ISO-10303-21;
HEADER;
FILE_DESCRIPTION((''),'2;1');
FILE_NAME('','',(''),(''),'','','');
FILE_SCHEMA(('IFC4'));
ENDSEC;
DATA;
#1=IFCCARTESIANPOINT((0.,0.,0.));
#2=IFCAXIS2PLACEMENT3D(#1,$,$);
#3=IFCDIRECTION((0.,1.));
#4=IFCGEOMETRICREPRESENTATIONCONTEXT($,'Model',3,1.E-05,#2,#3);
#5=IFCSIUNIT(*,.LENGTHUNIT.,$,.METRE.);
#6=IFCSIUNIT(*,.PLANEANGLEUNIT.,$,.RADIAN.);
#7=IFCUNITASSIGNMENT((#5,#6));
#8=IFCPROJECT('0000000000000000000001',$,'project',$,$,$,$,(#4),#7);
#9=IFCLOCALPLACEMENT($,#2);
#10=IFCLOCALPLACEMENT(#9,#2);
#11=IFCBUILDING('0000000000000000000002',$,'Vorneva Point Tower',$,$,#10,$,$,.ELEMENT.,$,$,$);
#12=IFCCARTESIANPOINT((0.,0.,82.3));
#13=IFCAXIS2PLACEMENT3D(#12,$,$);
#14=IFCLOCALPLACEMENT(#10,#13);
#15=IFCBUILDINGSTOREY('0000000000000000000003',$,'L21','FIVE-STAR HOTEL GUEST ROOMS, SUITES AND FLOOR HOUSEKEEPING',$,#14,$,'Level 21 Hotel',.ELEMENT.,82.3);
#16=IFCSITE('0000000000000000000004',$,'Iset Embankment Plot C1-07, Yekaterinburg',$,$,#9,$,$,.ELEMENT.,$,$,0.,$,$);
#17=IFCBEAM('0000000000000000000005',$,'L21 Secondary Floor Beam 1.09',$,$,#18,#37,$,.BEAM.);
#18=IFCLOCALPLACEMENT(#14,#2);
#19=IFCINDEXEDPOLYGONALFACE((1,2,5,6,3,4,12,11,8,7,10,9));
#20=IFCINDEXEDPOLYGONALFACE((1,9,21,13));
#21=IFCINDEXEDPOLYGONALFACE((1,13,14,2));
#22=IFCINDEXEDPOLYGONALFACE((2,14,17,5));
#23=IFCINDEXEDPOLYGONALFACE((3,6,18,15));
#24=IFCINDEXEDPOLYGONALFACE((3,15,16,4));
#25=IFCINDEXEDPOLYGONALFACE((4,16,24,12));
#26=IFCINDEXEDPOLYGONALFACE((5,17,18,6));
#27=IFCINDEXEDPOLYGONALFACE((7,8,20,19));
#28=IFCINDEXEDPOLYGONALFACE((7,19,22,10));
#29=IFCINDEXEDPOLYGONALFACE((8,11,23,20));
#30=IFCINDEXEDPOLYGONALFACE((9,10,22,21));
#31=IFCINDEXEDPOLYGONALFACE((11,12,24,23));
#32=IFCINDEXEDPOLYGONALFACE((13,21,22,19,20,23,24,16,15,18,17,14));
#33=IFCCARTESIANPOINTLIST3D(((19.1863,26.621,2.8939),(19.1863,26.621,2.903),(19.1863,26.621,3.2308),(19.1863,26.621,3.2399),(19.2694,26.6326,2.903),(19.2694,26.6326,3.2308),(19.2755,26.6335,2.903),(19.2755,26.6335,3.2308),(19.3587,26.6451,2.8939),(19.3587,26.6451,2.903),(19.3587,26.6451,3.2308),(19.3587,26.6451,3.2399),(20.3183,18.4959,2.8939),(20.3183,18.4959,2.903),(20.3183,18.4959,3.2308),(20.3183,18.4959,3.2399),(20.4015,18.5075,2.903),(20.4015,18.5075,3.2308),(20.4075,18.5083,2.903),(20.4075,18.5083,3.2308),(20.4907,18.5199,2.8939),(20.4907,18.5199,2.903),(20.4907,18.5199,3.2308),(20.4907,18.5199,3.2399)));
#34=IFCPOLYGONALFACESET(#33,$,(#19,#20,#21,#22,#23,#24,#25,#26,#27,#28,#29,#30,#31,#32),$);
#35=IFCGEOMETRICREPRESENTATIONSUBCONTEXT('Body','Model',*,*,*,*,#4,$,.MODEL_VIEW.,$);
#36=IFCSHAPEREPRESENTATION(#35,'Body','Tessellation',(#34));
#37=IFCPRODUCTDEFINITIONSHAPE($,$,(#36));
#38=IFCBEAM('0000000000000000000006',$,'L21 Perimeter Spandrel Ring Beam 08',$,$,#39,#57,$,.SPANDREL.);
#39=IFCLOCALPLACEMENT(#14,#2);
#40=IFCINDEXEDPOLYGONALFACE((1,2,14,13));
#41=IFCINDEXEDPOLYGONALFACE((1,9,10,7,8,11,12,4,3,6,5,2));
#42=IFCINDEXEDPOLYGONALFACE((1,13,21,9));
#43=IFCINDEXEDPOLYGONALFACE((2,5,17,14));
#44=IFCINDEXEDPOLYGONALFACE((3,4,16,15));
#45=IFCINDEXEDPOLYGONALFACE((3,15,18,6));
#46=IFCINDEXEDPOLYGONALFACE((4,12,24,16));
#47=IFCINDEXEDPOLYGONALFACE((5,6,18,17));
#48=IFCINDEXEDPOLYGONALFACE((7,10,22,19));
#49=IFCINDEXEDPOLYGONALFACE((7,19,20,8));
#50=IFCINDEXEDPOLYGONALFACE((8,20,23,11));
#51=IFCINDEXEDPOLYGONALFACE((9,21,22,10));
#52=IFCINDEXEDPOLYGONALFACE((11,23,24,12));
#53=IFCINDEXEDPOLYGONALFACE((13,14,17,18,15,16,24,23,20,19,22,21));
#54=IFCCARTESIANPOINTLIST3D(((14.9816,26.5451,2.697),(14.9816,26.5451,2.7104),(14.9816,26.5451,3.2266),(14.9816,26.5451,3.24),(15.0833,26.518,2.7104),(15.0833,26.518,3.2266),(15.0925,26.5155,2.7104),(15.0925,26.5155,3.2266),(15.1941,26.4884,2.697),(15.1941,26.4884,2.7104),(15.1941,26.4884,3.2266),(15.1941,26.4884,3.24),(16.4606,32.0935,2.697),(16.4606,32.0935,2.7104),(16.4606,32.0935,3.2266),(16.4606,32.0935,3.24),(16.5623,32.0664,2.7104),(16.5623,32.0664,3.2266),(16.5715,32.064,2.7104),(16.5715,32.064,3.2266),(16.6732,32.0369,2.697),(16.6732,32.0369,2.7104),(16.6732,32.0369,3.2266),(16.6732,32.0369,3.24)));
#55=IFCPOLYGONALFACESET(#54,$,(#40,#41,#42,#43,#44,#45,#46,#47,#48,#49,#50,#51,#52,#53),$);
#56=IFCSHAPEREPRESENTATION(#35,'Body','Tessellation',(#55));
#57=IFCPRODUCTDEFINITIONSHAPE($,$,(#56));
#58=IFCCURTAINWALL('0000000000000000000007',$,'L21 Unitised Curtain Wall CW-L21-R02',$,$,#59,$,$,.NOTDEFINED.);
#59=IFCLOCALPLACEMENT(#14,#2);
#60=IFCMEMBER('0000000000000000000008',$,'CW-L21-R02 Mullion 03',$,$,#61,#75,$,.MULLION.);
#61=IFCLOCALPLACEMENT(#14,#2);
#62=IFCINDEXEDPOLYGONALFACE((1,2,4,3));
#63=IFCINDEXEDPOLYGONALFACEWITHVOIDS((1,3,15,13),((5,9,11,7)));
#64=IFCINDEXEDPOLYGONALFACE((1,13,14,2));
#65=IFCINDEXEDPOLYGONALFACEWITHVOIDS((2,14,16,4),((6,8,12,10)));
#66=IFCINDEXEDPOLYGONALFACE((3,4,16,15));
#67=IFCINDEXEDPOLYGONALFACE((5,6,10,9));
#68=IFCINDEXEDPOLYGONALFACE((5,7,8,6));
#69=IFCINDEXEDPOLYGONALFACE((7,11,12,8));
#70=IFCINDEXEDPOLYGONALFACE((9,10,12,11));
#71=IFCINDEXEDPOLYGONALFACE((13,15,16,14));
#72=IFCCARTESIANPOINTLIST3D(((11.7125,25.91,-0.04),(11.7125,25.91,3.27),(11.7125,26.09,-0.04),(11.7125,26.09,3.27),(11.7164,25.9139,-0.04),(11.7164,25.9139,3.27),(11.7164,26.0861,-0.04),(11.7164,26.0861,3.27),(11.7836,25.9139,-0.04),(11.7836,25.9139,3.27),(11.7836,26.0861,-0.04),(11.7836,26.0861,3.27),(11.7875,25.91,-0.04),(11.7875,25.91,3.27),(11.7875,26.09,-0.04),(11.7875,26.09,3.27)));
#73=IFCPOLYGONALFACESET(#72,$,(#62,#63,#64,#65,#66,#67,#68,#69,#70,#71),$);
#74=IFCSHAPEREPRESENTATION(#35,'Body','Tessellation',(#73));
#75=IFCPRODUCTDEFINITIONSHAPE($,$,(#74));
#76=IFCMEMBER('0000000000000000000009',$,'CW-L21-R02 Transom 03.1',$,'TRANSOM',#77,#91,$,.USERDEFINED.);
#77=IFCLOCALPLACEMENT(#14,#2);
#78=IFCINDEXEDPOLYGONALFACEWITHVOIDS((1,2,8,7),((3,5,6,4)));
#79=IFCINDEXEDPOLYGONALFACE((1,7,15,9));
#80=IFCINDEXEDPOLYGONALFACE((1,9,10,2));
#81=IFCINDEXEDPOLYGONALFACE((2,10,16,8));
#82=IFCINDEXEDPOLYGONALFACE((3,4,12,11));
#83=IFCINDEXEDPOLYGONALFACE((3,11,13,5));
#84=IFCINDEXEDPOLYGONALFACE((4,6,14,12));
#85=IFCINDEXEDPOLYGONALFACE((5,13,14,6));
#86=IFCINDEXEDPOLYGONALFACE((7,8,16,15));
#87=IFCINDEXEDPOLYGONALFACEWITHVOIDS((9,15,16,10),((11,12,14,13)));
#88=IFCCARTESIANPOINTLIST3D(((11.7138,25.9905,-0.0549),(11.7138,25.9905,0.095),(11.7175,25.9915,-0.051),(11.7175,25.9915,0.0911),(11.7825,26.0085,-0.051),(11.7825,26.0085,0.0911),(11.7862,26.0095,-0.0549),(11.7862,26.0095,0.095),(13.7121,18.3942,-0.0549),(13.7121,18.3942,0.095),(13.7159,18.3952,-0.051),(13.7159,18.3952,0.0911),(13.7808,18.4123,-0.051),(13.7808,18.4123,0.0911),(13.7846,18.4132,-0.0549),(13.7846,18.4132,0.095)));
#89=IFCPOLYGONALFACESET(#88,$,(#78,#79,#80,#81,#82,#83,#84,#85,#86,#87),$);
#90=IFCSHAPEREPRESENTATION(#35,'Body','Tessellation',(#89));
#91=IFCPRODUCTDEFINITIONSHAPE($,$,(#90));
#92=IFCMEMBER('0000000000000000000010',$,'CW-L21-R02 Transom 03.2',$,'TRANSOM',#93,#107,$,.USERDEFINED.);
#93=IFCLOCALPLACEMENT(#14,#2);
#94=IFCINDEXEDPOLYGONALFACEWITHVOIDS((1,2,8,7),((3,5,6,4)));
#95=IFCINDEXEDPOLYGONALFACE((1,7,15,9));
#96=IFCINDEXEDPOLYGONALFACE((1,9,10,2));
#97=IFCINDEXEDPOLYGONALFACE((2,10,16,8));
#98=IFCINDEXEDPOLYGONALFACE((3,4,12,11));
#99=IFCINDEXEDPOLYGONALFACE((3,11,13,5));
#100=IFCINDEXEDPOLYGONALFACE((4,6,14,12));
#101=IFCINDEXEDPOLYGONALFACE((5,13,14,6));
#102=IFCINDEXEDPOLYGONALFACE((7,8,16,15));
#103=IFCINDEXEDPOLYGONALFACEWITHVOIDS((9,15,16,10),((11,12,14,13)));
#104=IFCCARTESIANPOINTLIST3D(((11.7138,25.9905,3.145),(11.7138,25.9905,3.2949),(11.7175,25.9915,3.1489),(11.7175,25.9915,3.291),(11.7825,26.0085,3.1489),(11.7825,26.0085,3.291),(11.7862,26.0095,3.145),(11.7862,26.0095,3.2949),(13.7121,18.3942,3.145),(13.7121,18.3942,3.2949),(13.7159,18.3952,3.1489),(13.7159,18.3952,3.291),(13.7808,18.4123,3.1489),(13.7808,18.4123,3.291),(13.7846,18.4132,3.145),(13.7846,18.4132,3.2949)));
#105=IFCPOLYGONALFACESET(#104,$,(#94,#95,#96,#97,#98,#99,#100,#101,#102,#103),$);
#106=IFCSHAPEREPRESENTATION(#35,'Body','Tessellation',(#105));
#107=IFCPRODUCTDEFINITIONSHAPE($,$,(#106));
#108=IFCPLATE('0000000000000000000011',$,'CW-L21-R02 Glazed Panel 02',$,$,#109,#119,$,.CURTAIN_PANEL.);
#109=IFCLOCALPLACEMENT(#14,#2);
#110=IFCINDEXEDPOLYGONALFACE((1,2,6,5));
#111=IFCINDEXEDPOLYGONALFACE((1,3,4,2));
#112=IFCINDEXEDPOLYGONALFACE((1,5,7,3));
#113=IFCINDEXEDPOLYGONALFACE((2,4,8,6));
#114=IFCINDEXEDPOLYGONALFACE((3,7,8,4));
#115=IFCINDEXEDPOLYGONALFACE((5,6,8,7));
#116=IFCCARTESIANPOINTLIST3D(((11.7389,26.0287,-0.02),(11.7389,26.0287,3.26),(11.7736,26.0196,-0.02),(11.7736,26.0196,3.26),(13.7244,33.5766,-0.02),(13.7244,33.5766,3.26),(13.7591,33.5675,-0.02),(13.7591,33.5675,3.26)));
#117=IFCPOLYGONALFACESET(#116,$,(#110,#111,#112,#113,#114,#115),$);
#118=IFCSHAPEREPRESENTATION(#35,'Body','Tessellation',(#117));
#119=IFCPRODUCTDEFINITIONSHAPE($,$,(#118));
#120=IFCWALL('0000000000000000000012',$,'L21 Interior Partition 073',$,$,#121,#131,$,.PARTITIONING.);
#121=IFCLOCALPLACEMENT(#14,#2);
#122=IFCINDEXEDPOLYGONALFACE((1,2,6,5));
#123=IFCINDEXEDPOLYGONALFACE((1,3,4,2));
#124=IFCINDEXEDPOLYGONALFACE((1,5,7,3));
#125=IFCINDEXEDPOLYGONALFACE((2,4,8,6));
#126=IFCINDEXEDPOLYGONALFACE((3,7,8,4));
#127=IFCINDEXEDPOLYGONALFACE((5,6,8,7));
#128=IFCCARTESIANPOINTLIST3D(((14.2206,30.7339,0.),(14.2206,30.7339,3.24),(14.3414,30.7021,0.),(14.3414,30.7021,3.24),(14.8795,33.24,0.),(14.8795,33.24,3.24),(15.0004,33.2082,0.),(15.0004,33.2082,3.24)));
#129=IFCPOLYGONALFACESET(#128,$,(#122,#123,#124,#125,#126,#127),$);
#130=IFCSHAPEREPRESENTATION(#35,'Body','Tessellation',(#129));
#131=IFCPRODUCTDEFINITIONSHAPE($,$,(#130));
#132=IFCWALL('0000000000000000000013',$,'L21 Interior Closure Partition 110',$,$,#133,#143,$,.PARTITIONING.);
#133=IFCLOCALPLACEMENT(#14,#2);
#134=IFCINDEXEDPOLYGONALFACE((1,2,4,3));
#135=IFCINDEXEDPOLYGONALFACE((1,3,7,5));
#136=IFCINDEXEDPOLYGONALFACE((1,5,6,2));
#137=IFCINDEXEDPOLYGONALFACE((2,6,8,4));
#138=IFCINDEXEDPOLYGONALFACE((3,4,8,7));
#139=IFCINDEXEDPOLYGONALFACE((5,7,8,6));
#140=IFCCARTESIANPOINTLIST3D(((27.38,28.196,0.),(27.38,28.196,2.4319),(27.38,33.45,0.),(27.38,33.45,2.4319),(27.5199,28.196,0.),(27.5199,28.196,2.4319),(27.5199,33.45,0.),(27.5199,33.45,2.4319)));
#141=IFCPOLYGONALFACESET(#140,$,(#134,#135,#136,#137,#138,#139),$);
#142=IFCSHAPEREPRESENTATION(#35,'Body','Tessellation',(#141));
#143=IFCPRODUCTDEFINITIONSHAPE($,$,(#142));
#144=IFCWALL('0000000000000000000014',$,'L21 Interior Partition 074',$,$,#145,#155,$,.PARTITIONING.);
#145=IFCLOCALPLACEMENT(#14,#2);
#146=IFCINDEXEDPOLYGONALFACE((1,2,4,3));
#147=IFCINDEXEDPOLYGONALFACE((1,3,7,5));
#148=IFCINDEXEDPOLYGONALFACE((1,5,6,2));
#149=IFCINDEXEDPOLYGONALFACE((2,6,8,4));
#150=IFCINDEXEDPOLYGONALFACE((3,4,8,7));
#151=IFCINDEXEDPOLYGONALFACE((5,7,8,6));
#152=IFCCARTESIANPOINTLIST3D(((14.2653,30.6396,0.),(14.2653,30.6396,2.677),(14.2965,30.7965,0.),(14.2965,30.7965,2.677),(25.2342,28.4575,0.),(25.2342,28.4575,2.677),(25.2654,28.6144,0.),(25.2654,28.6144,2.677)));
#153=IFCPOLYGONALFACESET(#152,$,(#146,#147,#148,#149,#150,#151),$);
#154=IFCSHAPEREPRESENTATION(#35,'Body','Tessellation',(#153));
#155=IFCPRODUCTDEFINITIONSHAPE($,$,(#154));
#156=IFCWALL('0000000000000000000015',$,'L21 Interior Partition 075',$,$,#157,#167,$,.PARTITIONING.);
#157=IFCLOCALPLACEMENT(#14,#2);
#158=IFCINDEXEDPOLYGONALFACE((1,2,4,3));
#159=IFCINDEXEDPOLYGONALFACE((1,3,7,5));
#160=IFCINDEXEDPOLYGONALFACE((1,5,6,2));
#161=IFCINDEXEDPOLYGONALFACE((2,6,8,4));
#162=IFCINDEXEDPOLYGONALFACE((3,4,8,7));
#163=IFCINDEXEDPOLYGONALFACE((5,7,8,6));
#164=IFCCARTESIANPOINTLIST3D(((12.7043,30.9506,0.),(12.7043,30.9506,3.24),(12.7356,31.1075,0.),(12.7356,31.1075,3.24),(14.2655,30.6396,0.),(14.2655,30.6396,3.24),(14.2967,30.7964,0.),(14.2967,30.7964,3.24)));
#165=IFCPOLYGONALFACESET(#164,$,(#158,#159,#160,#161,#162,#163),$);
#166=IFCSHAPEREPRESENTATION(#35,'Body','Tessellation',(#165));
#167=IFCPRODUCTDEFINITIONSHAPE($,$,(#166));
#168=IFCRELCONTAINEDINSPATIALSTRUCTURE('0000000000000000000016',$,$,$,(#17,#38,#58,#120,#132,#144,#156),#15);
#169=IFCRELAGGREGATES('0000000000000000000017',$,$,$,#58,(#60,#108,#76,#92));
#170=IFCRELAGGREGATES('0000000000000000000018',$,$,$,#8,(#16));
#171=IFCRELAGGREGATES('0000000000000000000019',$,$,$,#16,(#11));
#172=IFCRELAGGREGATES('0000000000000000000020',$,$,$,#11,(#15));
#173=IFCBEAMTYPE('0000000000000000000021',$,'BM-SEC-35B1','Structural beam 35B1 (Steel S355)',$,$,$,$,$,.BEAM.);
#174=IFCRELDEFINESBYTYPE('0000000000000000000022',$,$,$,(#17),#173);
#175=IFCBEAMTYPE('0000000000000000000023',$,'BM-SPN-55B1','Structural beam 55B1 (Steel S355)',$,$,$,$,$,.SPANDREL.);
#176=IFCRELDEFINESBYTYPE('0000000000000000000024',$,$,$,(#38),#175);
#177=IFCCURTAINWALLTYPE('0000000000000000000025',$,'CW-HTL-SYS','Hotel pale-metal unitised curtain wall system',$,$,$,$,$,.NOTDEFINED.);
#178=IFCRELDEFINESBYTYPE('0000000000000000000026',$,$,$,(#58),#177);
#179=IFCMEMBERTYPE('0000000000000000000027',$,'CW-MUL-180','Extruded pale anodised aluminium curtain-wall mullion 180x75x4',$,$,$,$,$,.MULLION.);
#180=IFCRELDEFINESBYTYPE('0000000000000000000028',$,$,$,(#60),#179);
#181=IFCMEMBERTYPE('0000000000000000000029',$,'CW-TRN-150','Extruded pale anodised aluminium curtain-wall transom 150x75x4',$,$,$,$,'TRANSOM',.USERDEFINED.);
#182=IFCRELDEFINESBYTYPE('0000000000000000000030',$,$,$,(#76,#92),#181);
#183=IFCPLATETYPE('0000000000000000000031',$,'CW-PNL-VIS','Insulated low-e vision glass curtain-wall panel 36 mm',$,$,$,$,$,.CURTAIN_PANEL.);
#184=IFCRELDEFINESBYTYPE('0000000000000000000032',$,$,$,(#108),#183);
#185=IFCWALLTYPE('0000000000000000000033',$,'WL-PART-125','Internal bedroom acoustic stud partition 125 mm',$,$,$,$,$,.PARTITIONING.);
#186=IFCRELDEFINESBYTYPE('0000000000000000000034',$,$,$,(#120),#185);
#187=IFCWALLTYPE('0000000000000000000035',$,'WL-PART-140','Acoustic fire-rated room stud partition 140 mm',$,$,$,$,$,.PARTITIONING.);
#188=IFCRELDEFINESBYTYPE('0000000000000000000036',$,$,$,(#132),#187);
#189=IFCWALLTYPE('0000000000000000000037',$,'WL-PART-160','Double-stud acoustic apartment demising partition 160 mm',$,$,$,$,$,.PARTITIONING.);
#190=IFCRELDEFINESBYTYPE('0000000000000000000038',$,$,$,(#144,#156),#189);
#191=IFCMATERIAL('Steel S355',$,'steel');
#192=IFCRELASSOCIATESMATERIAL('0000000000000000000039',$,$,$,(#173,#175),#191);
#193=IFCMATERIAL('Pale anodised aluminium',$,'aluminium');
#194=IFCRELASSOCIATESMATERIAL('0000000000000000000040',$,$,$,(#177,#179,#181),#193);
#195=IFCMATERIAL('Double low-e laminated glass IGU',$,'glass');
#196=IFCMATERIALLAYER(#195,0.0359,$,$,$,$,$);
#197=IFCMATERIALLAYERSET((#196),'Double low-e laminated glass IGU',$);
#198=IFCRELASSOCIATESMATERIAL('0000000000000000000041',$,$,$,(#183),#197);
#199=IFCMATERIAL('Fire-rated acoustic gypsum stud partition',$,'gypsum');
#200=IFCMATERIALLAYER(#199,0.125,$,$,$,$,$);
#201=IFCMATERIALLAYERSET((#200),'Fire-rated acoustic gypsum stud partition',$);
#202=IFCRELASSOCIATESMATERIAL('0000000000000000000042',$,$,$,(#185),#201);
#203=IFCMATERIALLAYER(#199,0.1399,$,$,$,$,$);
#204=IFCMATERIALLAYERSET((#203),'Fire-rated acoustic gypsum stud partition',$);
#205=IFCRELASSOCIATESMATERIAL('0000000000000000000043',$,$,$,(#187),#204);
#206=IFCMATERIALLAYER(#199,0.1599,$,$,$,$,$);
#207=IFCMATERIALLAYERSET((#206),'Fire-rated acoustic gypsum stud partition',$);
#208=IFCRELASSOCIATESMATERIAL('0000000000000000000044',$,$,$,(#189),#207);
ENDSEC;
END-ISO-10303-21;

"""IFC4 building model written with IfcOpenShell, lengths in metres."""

from ifc_helpers import new_model, si_unit, direction, frame, frame_2d, origin, origin_2d, place, context, subcontext, project, spatial, rectangle, hollow_rectangle, i_section, extrude, material, layer, layer_set, material_profile, profile_set, type_object, element, aggregate, save


model = new_model("IFC4")

# Units and contexts
model_context = context("Model", 3, precision=1e-05, world=origin(), true_north=direction((0.0, 1.0)))
body_context = subcontext(model_context, "Body", "Model", "MODEL_VIEW")
ifc_project = project(units=[si_unit("LENGTHUNIT", "METRE"), si_unit("PLANEANGLEUNIT", "RADIAN")], contexts=[model_context])

# Site, building, storey
site_placement = place(None, origin())
site = spatial("IfcSite", under=ifc_project, at=site_placement, Name="Iset Embankment Plot C1-07, Yekaterinburg", CompositionType="ELEMENT", RefElevation=0.0)
building_placement = place(site_placement, origin())
building = spatial("IfcBuilding", under=site, at=building_placement, Name="Vorneva Point Tower", CompositionType="ELEMENT")
storey_placement = place(building_placement, frame((0.0, 0.0, 82.3)))
storey = spatial("IfcBuildingStorey", under=building, at=storey_placement, Name="L21", Description="FIVE-STAR HOTEL GUEST ROOMS, SUITES AND FLOOR HOUSEKEEPING", LongName="Level 21 Hotel", CompositionType="ELEMENT", Elevation=82.3)

# Beams
ifc_material_1 = material(Name="Steel S355", Category="steel")
ifc_material_profile_1 = material_profile(ifc_material_1, i_section(OverallWidth=0.1741, OverallDepth=0.3459, WebThickness=0.0061, FlangeThickness=0.009, at=origin_2d()), Name="35B1")
ifc_profile_set_1 = profile_set([ifc_material_profile_1], Name="Steel S355")
beam_type_1 = type_object("IfcBeamType", Name="BM-SEC-35B1", Description="Structural beam 35B1 (Steel S355)", PredefinedType="BEAM", material=ifc_profile_set_1)
beam_1_placement = place(storey_placement, frame((19.2725, 26.6331, 3.0669), z_axis=(0.137996, -0.990433, 0.0), x_axis=(0.990433, 0.137996, 0.0)))
element("IfcBeam", 1, at=beam_1_placement, inside=storey, type_object=beam_type_1, Name="L21 Secondary Floor Beam 1.09", PredefinedType="BEAM", context=body_context, shape_type="SweptSolid", body=[
    extrude(i_section(OverallWidth=0.1741, OverallDepth=0.3459, WebThickness=0.0061, FlangeThickness=0.009, at=origin_2d()), origin(), (0.0, 0.0, 1.0), 8.2036),
])
ifc_material_profile_2 = material_profile(ifc_material_1, i_section(OverallWidth=0.22, OverallDepth=0.543, WebThickness=0.0095, FlangeThickness=0.0134, at=origin_2d()), Name="55B1")
ifc_profile_set_2 = profile_set([ifc_material_profile_2], Name="Steel S355")
beam_type_2 = type_object("IfcBeamType", Name="BM-SPN-55B1", Description="Structural beam 55B1 (Steel S355)", PredefinedType="SPANDREL", material=ifc_profile_set_2)
beam_2_placement = place(storey_placement, frame((16.5669, 32.0652, 2.9685), z_axis=(-0.257573, -0.966259, 0.0), x_axis=(0.966259, -0.257573, 0.0)))
element("IfcBeam", 2, at=beam_2_placement, inside=storey, type_object=beam_type_2, Name="L21 Perimeter Spandrel Ring Beam 08", PredefinedType="SPANDREL", context=body_context, shape_type="SweptSolid", body=[
    extrude(i_section(OverallWidth=0.22, OverallDepth=0.543, WebThickness=0.0095, FlangeThickness=0.0134, at=origin_2d()), origin(), (0.0, 0.0, 1.0), 5.7422),
])

# Curtain wall, members, plate
ifc_material_2 = material(Name="Pale anodised aluminium", Category="aluminium")
curtain_wall_type = type_object("IfcCurtainWallType", Name="CW-HTL-SYS", Description="Hotel pale-metal unitised curtain wall system", PredefinedType="NOTDEFINED", material=ifc_material_2)
curtain_wall_placement = place(storey_placement, origin())
curtain_wall = element("IfcCurtainWall", 3, at=curtain_wall_placement, inside=storey, type_object=curtain_wall_type, Name="L21 Unitised Curtain Wall CW-L21-R02", PredefinedType="NOTDEFINED")
ifc_material_profile_3 = material_profile(ifc_material_2, hollow_rectangle(XDim=0.075, YDim=0.1799, WallThickness=0.0039, at=origin_2d()), Name="AL-MUL 180x75x4")
ifc_profile_set_3 = profile_set([ifc_material_profile_3], Name="Pale anodised aluminium")
member_type_1 = type_object("IfcMemberType", Name="CW-MUL-180", Description="Extruded pale anodised aluminium curtain-wall mullion 180x75x4", PredefinedType="MULLION", material=ifc_profile_set_3)
member_1_placement = place(storey_placement, frame((11.75, 26.0, -0.04), z_axis=(0.0, 0.0, 1.0), x_axis=(1.0, 0.0, 0.0)))
member_1 = element("IfcMember", 4, at=member_1_placement, type_object=member_type_1, Name="CW-L21-R02 Mullion 03", PredefinedType="MULLION", context=body_context, shape_type="SweptSolid", body=[
    extrude(hollow_rectangle(XDim=0.075, YDim=0.1799, WallThickness=0.0039, at=origin_2d()), origin(), (0.0, 0.0, 1.0), 3.3101),
])
ifc_material_profile_4 = material_profile(ifc_material_2, hollow_rectangle(XDim=0.075, YDim=0.1499, WallThickness=0.0039, at=origin_2d()), Name="AL-TRN 150x75x4")
ifc_profile_set_4 = profile_set([ifc_material_profile_4], Name="Pale anodised aluminium")
member_type_2 = type_object("IfcMemberType", Name="CW-TRN-150", Description="Extruded pale anodised aluminium curtain-wall transom 150x75x4", ElementType="TRANSOM", PredefinedType="USERDEFINED", material=ifc_profile_set_4)
member_2_placement = place(storey_placement, frame((11.75, 26.0, 0.02), z_axis=(0.254409, -0.967097, 0.0), x_axis=(0.967097, 0.254409, 0.0)))
member_2 = element("IfcMember", 5, at=member_2_placement, type_object=member_type_2, Name="CW-L21-R02 Transom 03.1", ObjectType="TRANSOM", PredefinedType="USERDEFINED", context=body_context, shape_type="SweptSolid", body=[
    extrude(hollow_rectangle(XDim=0.075, YDim=0.1499, WallThickness=0.0039, at=origin_2d()), origin(), (0.0, 0.0, 1.0), 7.8547),
])
member_3_placement = place(storey_placement, frame((11.75, 26.0, 3.22), z_axis=(0.254409, -0.967097, 0.0), x_axis=(0.967097, 0.254409, 0.0)))
member_3 = element("IfcMember", 6, at=member_3_placement, type_object=member_type_2, Name="CW-L21-R02 Transom 03.2", ObjectType="TRANSOM", PredefinedType="USERDEFINED", context=body_context, shape_type="SweptSolid", body=[
    extrude(hollow_rectangle(XDim=0.075, YDim=0.1499, WallThickness=0.0039, at=origin_2d()), origin(), (0.0, 0.0, 1.0), 7.8547),
])
ifc_material_3 = material(Name="Double low-e laminated glass IGU", Category="glass")
ifc_layer_1 = layer(ifc_material_3, 0.0359)
ifc_layer_set_1 = layer_set([ifc_layer_1], Name="Double low-e laminated glass IGU")
plate_type = type_object("IfcPlateType", Name="CW-PNL-VIS", Description="Insulated low-e vision glass curtain-wall panel 36 mm", PredefinedType="CURTAIN_PANEL", material=ifc_layer_set_1)
plate_placement = place(storey_placement, frame((12.749, 29.7981, -0.02), z_axis=(0.0, 0.0, 1.0), x_axis=(-0.254399, -0.967099, 0.0)))
plate = element("IfcPlate", 7, at=plate_placement, type_object=plate_type, Name="CW-L21-R02 Glazed Panel 02", PredefinedType="CURTAIN_PANEL", context=body_context, shape_type="SweptSolid", body=[
    extrude(rectangle(XDim=7.8047, YDim=0.0359, at=origin_2d()), origin(), (0.0, 0.0, 1.0), 3.28),
])
aggregate(curtain_wall, [member_1, plate, member_2, member_3])

# Walls
ifc_material_4 = material(Name="Fire-rated acoustic gypsum stud partition", Category="gypsum")
ifc_layer_2 = layer(ifc_material_4, 0.125)
ifc_layer_set_2 = layer_set([ifc_layer_2], Name="Fire-rated acoustic gypsum stud partition")
wall_type_1 = type_object("IfcWallType", Name="WL-PART-125", Description="Internal bedroom acoustic stud partition 125 mm", PredefinedType="PARTITIONING", material=ifc_layer_set_2)
wall_1_placement = place(storey_placement, frame((14.9399, 33.2241, 0.0), z_axis=(0.0, 0.0, 1.0), x_axis=(-0.254289, -0.967128, 0.0)))
element("IfcWall", 8, at=wall_1_placement, inside=storey, type_object=wall_type_1, Name="L21 Interior Partition 073", PredefinedType="PARTITIONING", context=body_context, shape_type="SweptSolid", body=[
    extrude(rectangle(XDim=2.5913, YDim=0.125, at=frame_2d((1.2957, 0.0))), origin(), (0.0, 0.0, 1.0), 3.24),
])
ifc_layer_3 = layer(ifc_material_4, 0.1399)
ifc_layer_set_3 = layer_set([ifc_layer_3], Name="Fire-rated acoustic gypsum stud partition")
wall_type_2 = type_object("IfcWallType", Name="WL-PART-140", Description="Acoustic fire-rated room stud partition 140 mm", PredefinedType="PARTITIONING", material=ifc_layer_set_3)
wall_2_placement = place(storey_placement, frame((27.45, 28.196, 0.0), z_axis=(0.0, 0.0, 1.0), x_axis=(0.0, 1.0, 0.0)))
element("IfcWall", 9, at=wall_2_placement, inside=storey, type_object=wall_type_2, Name="L21 Interior Closure Partition 110", PredefinedType="PARTITIONING", context=body_context, shape_type="SweptSolid", body=[
    extrude(rectangle(XDim=5.2539, YDim=0.1399, at=frame_2d((2.627, 0.0))), origin(), (0.0, 0.0, 1.0), 2.4319),
])
ifc_layer_4 = layer(ifc_material_4, 0.1599)
ifc_layer_set_4 = layer_set([ifc_layer_4], Name="Fire-rated acoustic gypsum stud partition")
wall_type_3 = type_object("IfcWallType", Name="WL-PART-160", Description="Double-stud acoustic apartment demising partition 160 mm", PredefinedType="PARTITIONING", material=ifc_layer_set_4)
wall_3_placement = place(storey_placement, frame((14.281, 30.718, 0.0), z_axis=(0.0, 0.0, 1.0), x_axis=(0.980781, -0.195113, 0.0)))
element("IfcWall", 10, at=wall_3_placement, inside=storey, type_object=wall_type_3, Name="L21 Interior Partition 074", PredefinedType="PARTITIONING", context=body_context, shape_type="SweptSolid", body=[
    extrude(rectangle(XDim=11.1838, YDim=0.1599, at=frame_2d((5.5918, 0.0))), origin(), (0.0, 0.0, 1.0), 2.677),
])
wall_4_placement = place(storey_placement, frame((12.72, 31.0291, 0.0), z_axis=(0.0, 0.0, 1.0), x_axis=(0.980722, -0.195408, 0.0)))
element("IfcWall", 11, at=wall_4_placement, inside=storey, type_object=wall_type_3, Name="L21 Interior Partition 075", PredefinedType="PARTITIONING", context=body_context, shape_type="SweptSolid", body=[
    extrude(rectangle(XDim=1.5918, YDim=0.1599, at=frame_2d((0.7959, 0.0))), origin(), (0.0, 0.0, 1.0), 3.24),
])

save(model, "model.ifc")
